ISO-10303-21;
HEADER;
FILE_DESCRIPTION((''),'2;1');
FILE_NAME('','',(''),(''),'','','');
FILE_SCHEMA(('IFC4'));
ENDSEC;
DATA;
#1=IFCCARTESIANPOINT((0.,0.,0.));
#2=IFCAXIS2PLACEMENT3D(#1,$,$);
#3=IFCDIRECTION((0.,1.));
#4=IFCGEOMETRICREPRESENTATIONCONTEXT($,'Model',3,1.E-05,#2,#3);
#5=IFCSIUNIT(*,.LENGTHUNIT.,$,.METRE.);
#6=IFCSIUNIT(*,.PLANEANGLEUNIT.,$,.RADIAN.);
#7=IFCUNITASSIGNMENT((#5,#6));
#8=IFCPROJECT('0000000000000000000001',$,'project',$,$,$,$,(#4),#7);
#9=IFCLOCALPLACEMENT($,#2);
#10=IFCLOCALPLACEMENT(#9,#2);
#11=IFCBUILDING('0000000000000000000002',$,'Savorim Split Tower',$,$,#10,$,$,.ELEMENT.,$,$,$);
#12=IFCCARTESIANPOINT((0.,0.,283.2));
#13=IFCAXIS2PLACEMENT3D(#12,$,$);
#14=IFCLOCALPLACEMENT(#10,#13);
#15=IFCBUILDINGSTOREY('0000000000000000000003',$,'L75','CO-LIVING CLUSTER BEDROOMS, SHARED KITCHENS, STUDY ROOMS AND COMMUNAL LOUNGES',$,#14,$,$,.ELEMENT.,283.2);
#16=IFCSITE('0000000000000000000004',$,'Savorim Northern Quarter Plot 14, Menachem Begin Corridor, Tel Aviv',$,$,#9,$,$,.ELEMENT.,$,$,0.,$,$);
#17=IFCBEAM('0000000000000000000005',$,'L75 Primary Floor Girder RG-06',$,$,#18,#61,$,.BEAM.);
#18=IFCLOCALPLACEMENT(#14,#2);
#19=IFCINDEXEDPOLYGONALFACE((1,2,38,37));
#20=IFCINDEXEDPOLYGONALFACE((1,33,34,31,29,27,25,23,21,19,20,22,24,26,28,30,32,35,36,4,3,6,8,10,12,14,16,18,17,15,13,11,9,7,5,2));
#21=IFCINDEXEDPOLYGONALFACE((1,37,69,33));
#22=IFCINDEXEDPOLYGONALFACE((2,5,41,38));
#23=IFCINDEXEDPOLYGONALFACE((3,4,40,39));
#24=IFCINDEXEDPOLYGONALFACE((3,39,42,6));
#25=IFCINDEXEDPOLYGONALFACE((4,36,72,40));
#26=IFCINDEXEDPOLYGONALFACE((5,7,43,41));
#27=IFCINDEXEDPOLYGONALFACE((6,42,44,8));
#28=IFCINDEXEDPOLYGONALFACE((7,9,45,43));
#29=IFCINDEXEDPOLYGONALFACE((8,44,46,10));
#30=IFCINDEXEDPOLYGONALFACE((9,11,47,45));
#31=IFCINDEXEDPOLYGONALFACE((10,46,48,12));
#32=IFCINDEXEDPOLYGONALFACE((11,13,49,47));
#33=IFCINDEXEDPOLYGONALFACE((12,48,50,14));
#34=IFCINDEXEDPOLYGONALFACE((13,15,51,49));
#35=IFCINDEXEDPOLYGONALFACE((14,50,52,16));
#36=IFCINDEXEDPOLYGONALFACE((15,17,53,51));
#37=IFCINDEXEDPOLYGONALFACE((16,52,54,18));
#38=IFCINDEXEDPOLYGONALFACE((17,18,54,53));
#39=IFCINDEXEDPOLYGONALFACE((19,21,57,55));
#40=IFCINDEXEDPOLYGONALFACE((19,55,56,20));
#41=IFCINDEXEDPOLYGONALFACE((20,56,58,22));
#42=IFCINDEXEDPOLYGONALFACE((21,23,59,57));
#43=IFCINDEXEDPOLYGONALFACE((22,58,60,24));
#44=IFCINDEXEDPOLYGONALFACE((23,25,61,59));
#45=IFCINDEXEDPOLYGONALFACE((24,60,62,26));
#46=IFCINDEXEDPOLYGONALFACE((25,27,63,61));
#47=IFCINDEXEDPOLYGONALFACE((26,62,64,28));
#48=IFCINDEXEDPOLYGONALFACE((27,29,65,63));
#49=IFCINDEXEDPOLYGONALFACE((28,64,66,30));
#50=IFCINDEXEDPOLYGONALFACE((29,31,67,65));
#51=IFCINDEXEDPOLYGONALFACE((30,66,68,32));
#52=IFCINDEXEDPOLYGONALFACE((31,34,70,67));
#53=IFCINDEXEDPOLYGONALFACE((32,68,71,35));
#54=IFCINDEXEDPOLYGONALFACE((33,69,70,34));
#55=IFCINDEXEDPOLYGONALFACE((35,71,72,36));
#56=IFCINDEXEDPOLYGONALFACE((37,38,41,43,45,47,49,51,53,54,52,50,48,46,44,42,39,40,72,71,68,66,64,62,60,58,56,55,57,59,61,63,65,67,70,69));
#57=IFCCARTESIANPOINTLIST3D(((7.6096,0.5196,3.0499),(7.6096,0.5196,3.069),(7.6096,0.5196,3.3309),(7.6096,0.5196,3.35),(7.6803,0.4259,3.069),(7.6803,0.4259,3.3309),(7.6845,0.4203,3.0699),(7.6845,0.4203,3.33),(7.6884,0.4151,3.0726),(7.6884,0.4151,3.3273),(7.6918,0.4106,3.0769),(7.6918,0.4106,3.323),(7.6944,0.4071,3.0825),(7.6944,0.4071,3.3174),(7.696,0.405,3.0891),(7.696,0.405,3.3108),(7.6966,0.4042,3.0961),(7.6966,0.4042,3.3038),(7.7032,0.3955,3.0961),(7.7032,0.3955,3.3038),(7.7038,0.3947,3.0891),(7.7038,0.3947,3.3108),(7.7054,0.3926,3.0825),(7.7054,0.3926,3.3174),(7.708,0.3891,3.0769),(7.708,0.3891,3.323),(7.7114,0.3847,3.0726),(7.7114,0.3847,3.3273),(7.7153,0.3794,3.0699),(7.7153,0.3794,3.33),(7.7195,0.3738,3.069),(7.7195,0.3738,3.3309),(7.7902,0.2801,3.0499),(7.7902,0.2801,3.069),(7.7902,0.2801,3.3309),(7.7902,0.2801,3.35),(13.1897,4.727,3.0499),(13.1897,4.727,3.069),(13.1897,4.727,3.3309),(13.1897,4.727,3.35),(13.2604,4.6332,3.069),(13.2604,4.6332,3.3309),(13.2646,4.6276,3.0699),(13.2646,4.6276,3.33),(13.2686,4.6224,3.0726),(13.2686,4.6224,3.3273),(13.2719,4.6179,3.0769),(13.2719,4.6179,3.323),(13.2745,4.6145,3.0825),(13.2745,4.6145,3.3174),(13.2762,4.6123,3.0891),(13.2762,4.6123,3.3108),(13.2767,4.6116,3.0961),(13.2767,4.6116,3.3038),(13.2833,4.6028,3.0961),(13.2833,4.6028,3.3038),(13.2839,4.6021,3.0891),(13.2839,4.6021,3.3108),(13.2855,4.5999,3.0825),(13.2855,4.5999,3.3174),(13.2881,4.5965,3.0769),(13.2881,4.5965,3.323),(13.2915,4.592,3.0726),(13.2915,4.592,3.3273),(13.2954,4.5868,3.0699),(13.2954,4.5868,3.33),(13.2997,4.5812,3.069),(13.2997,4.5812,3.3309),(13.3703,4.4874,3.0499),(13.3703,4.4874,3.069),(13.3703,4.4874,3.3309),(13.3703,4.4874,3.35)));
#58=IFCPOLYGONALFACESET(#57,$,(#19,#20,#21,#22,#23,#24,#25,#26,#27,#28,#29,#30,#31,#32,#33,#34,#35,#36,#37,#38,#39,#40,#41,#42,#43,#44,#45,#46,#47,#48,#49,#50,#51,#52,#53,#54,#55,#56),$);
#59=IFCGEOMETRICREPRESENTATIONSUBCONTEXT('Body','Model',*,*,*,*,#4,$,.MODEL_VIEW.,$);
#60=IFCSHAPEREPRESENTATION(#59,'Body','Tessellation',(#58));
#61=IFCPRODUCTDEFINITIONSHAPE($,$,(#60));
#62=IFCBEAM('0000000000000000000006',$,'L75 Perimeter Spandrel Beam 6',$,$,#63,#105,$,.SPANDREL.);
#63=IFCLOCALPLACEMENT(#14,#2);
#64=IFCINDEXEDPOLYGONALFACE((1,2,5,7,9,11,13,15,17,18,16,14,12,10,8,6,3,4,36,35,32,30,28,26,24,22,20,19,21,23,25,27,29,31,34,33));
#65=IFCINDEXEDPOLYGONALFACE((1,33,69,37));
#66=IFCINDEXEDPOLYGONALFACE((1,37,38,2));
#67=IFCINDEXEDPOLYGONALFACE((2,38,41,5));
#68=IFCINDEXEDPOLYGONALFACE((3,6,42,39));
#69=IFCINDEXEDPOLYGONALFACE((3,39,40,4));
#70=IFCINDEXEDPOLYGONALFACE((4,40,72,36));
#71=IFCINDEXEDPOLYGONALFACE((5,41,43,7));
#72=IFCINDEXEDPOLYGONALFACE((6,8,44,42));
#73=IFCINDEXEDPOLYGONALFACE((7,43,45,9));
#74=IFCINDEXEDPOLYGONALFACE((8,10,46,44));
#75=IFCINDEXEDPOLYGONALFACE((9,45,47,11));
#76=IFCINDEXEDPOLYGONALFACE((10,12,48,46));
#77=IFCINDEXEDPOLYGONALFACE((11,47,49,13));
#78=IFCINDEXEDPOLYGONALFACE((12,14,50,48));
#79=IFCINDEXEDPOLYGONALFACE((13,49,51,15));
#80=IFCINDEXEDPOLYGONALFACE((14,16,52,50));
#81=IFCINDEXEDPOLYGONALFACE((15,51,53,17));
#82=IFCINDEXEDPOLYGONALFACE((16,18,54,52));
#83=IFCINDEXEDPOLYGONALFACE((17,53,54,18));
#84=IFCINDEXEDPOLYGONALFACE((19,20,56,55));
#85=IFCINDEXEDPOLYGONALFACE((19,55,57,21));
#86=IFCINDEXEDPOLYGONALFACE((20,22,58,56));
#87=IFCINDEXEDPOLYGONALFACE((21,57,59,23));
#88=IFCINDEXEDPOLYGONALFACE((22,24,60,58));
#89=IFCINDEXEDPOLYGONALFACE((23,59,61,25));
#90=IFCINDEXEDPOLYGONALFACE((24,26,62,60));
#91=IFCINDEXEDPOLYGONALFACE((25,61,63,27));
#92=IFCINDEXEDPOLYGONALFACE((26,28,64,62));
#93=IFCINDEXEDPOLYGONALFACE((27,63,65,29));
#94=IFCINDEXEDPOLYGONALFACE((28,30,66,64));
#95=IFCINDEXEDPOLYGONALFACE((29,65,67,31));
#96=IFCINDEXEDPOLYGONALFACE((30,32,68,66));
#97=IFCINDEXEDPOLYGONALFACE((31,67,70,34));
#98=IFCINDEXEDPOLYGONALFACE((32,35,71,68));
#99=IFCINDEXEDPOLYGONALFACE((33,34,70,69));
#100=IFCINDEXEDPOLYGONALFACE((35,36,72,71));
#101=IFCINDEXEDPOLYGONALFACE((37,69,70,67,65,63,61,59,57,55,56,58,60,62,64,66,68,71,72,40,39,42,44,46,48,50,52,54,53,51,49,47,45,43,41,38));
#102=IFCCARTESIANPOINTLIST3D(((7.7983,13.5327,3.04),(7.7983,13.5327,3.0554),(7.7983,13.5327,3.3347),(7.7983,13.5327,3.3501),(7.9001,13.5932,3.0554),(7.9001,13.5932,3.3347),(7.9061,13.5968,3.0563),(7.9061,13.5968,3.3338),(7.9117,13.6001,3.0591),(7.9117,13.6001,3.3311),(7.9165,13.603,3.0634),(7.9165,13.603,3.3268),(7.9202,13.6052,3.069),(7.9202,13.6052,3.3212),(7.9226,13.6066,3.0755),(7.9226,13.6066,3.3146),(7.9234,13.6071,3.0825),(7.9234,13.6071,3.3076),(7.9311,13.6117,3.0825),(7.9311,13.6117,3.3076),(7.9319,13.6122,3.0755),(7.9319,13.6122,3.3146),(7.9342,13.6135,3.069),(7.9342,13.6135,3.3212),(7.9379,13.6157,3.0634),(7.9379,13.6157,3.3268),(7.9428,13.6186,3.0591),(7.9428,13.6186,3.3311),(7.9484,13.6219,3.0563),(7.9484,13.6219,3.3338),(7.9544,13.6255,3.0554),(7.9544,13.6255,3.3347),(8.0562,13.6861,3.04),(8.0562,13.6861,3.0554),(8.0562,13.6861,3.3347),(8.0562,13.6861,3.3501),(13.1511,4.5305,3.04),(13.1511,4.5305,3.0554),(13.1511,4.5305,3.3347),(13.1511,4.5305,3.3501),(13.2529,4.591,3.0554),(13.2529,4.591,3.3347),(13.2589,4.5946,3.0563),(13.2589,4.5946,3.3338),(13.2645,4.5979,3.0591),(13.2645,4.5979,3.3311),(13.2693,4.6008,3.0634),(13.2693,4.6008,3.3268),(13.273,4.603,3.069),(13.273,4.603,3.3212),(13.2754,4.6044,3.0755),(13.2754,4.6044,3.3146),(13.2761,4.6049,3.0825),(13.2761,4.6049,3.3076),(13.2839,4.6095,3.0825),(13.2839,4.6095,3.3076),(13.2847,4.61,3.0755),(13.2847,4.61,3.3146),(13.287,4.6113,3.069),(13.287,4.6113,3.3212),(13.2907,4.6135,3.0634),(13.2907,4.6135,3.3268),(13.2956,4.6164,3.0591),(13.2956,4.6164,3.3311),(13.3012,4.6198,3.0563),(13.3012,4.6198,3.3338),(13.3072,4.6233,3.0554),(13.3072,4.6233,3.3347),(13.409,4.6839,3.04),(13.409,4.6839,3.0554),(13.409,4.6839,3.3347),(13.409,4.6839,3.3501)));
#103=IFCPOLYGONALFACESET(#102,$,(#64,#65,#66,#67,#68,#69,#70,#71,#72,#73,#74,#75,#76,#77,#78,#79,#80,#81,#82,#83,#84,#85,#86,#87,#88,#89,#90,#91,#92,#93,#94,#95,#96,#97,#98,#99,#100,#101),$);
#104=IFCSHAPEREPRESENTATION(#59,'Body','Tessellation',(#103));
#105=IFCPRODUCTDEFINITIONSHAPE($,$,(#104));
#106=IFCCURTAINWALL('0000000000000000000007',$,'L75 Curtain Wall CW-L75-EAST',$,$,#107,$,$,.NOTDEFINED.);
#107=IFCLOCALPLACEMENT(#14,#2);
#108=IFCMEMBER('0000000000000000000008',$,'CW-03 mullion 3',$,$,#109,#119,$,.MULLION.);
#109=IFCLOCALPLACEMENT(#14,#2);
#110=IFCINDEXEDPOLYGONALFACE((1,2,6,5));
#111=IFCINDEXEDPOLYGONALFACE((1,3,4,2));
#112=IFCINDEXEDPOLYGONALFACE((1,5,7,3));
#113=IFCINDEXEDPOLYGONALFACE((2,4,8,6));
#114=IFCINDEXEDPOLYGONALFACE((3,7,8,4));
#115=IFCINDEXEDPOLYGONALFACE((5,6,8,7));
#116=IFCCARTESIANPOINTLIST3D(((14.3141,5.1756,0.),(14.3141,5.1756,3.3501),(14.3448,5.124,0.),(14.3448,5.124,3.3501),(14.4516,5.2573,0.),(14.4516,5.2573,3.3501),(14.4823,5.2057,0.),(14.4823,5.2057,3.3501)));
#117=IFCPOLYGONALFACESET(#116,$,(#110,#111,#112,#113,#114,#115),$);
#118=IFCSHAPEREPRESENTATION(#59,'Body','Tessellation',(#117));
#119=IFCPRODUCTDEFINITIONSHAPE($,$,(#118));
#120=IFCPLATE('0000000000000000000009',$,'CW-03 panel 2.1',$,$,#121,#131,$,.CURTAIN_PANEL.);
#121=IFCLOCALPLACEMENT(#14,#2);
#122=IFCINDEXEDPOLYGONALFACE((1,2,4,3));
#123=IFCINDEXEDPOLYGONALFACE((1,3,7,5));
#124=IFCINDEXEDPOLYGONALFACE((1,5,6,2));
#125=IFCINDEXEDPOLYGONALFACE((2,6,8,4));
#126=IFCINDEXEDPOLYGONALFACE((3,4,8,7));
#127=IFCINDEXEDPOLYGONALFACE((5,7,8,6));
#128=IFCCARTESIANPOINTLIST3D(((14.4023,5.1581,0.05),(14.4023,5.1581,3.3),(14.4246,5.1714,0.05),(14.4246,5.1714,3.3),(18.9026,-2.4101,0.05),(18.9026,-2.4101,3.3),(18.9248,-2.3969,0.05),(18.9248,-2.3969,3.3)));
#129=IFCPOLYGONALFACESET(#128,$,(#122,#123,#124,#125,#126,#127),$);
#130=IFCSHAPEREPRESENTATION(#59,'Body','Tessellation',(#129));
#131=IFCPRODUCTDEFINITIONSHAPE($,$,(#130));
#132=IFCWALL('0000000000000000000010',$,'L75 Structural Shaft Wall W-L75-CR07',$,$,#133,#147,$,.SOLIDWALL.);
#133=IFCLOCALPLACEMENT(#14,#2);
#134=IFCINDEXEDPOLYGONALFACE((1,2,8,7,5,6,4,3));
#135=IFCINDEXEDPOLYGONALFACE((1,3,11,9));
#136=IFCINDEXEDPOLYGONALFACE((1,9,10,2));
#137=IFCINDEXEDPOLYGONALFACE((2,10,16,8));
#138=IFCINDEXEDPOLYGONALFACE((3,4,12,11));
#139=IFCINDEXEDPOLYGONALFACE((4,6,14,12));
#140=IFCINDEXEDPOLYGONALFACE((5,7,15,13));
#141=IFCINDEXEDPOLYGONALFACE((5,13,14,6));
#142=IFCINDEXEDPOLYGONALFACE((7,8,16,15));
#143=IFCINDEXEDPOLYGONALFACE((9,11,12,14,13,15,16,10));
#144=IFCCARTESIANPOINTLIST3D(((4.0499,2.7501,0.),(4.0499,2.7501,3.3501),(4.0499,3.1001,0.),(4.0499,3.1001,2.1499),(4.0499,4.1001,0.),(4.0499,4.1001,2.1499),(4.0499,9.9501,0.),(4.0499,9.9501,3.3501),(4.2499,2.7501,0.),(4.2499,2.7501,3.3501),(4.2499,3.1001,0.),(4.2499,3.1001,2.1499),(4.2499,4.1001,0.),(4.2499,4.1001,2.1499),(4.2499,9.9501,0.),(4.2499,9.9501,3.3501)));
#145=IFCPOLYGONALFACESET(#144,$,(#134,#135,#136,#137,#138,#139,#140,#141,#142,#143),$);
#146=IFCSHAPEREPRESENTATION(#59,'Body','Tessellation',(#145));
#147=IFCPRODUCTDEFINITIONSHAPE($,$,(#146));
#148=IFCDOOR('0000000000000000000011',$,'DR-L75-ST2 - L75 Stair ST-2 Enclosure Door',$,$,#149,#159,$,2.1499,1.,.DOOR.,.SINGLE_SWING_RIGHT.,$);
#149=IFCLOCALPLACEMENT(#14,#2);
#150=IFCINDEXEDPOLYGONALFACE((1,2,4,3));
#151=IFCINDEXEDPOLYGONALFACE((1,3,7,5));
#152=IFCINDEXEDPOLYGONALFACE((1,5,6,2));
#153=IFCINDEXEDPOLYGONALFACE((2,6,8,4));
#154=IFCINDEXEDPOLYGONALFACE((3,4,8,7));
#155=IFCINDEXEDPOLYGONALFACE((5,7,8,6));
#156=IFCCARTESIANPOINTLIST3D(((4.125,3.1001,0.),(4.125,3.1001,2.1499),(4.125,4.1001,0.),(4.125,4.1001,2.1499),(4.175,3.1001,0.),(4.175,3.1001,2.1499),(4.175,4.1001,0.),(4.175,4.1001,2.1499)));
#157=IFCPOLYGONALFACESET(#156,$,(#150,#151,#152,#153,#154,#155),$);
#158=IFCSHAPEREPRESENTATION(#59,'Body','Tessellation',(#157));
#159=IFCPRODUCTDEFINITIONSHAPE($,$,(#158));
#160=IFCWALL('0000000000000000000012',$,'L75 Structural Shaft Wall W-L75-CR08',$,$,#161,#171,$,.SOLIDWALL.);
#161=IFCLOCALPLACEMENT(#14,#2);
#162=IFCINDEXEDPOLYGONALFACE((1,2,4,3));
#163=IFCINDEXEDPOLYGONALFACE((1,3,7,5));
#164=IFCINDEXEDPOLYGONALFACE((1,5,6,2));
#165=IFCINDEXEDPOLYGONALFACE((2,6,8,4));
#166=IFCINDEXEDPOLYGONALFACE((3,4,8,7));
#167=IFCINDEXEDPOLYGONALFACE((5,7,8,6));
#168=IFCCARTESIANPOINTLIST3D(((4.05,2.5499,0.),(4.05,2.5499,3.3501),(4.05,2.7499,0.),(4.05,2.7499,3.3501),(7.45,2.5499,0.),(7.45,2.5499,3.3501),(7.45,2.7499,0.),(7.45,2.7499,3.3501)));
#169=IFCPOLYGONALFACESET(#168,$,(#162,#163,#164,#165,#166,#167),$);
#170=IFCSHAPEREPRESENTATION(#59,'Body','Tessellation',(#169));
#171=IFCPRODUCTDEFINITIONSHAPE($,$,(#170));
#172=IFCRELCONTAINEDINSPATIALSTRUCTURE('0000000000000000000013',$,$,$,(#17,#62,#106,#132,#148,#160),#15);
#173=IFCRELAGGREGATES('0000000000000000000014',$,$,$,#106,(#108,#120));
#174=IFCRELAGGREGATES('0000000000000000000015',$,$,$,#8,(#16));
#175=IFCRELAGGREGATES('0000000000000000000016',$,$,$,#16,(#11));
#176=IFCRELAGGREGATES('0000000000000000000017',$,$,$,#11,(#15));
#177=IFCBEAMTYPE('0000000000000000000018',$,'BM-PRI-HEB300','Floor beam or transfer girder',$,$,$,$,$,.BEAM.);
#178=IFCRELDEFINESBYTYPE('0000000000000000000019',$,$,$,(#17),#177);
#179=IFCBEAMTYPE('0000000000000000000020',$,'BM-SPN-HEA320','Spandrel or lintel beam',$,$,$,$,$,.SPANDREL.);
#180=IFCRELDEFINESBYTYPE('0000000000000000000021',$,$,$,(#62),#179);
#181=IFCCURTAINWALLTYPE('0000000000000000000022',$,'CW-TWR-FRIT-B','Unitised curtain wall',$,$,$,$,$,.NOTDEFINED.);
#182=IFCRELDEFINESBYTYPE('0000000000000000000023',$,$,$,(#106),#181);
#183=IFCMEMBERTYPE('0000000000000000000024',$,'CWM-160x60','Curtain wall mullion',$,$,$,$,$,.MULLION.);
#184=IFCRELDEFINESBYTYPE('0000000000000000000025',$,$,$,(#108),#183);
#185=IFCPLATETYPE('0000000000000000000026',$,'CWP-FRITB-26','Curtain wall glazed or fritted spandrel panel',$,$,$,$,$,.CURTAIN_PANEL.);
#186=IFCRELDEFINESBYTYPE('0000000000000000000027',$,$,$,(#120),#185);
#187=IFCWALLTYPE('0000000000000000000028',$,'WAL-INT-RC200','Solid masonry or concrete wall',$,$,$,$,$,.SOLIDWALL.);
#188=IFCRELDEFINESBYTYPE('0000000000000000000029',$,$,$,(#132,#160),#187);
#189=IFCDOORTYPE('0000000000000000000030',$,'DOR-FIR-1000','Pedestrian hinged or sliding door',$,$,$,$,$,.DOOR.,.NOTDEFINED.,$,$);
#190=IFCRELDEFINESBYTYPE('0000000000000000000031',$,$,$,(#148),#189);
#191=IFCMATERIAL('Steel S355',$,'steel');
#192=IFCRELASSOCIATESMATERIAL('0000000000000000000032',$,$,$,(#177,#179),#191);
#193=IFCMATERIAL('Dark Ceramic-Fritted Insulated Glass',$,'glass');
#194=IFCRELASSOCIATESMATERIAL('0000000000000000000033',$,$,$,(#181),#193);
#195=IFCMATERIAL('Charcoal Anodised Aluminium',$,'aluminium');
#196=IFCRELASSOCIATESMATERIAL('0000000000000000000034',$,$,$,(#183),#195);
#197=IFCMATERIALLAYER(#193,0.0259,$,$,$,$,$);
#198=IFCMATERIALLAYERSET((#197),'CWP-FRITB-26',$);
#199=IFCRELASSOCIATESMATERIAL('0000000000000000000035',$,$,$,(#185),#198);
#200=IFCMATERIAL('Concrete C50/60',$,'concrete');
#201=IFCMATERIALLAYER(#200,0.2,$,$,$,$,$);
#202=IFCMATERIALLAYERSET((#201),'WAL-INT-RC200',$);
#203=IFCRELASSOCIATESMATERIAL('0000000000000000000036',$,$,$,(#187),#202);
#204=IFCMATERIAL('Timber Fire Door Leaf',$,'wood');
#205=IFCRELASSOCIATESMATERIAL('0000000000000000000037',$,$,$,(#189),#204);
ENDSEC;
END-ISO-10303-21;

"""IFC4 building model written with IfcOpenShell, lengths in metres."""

from ifc_helpers import new_model, si_unit, direction, frame, frame_2d, origin, origin_2d, place, context, subcontext, project, spatial, rectangle, i_section, extrude, material, layer, layer_set, material_profile, profile_set, type_object, element, fill, aggregate, save


model = new_model("IFC4")

# Units and contexts
model_context = context("Model", 3, precision=1e-05, world=origin(), true_north=direction((0.0, 1.0)))
body_context = subcontext(model_context, "Body", "Model", "MODEL_VIEW")
ifc_project = project(units=[si_unit("LENGTHUNIT", "METRE"), si_unit("PLANEANGLEUNIT", "RADIAN")], contexts=[model_context])

# Site, building, storey
site_placement = place(None, origin())
site = spatial("IfcSite", under=ifc_project, at=site_placement, Name="Savorim Northern Quarter Plot 14, Menachem Begin Corridor, Tel Aviv", CompositionType="ELEMENT", RefElevation=0.0)
building_placement = place(site_placement, origin())
building = spatial("IfcBuilding", under=site, at=building_placement, Name="Savorim Split Tower", CompositionType="ELEMENT")
storey_placement = place(building_placement, frame((0.0, 0.0, 283.2)))
storey = spatial("IfcBuildingStorey", under=building, at=storey_placement, Name="L75", Description="CO-LIVING CLUSTER BEDROOMS, SHARED KITCHENS, STUDY ROOMS AND COMMUNAL LOUNGES", CompositionType="ELEMENT", Elevation=283.2)

# Shared definitions
ifc_material_1 = material(Name="Steel S355", Category="steel")

# Beams
ifc_material_profile_1 = material_profile(ifc_material_1, i_section(OverallWidth=0.3, OverallDepth=0.3, WebThickness=0.011, FlangeThickness=0.019, FilletRadius=0.0271, at=origin_2d()), Name="HEB 300")
ifc_profile_set_1 = profile_set([ifc_material_profile_1], Name="Steel S355")
beam_type_1 = type_object("IfcBeamType", Name="BM-PRI-HEB300", Description="Floor beam or transfer girder", PredefinedType="BEAM", material=ifc_profile_set_1)
beam_1_placement = place(storey_placement, frame((13.28, 4.6072, 3.2), z_axis=(-0.798471, -0.602033, 0.0), x_axis=(0.602033, -0.798471, 0.0)))
element("IfcBeam", 1, at=beam_1_placement, inside=storey, type_object=beam_type_1, Name="L75 Primary Floor Girder RG-06", PredefinedType="BEAM", context=body_context, shape_type="SweptSolid", body=[
    extrude(i_section(OverallWidth=0.3, OverallDepth=0.3, WebThickness=0.011, FlangeThickness=0.019, FilletRadius=0.0271, at=origin_2d()), origin(), (0.0, 0.0, 1.0), 6.9885),
])
ifc_material_profile_2 = material_profile(ifc_material_1, i_section(OverallWidth=0.3, OverallDepth=0.3101, WebThickness=0.009, FlangeThickness=0.0154, FilletRadius=0.0271, at=origin_2d()), Name="HEA 320")
ifc_profile_set_2 = profile_set([ifc_material_profile_2], Name="Steel S355")
beam_type_2 = type_object("IfcBeamType", Name="BM-SPN-HEA320", Description="Spandrel or lintel beam", PredefinedType="SPANDREL", material=ifc_profile_set_2)
beam_2_placement = place(storey_placement, frame((13.28, 4.6072, 3.1951), z_axis=(-0.511084, 0.859531, 0.0), x_axis=(-0.859531, -0.511084, 0.0)))
element("IfcBeam", 2, at=beam_2_placement, inside=storey, type_object=beam_type_2, Name="L75 Perimeter Spandrel Beam 6", PredefinedType="SPANDREL", context=body_context, shape_type="SweptSolid", body=[
    extrude(i_section(OverallWidth=0.3, OverallDepth=0.3101, WebThickness=0.009, FlangeThickness=0.0154, FilletRadius=0.0271, at=origin_2d()), origin(), (0.0, 0.0, 1.0), 10.4734),
])

# Curtain wall, member, plate
ifc_material_2 = material(Name="Dark Ceramic-Fritted Insulated Glass", Category="glass")
curtain_wall_type = type_object("IfcCurtainWallType", Name="CW-TWR-FRIT-B", Description="Unitised curtain wall", PredefinedType="NOTDEFINED", material=ifc_material_2)
curtain_wall_placement = place(storey_placement, origin())
curtain_wall = element("IfcCurtainWall", 3, at=curtain_wall_placement, inside=storey, type_object=curtain_wall_type, Name="L75 Curtain Wall CW-L75-EAST", PredefinedType="NOTDEFINED")
ifc_material_3 = material(Name="Charcoal Anodised Aluminium", Category="aluminium")
ifc_material_profile_3 = material_profile(ifc_material_3, rectangle(XDim=0.1599, YDim=0.0601, at=origin_2d()), Name="ALU-M 160x60")
ifc_profile_set_3 = profile_set([ifc_material_profile_3], Name="Charcoal Anodised Aluminium")
member_type = type_object("IfcMemberType", Name="CWM-160x60", Description="Curtain wall mullion", PredefinedType="MULLION", material=ifc_profile_set_3)
member_placement = place(storey_placement, frame((14.3982, 5.1907, 0.0), z_axis=(0.0, 0.0, 1.0), x_axis=(-0.859526, -0.511092, 0.0)))
member = element("IfcMember", 4, at=member_placement, type_object=member_type, Name="CW-03 mullion 3", PredefinedType="MULLION", context=body_context, shape_type="SweptSolid", body=[
    extrude(rectangle(XDim=0.1599, YDim=0.0601, at=origin_2d()), origin(), (0.0, 0.0, 1.0), 3.3501),
])
ifc_layer_1 = layer(ifc_material_2, 0.0259)
ifc_layer_set_1 = layer_set([ifc_layer_1], Name="CWP-FRITB-26")
plate_type = type_object("IfcPlateType", Name="CWP-FRITB-26", Description="Curtain wall glazed or fritted spandrel panel", PredefinedType="CURTAIN_PANEL", material=ifc_layer_set_1)
plate_placement = place(storey_placement, frame((16.6636, 1.3806, 0.05), z_axis=(0.0, 0.0, 1.0), x_axis=(-0.511092, 0.859526, 0.0)))
plate = element("IfcPlate", 5, at=plate_placement, type_object=plate_type, Name="CW-03 panel 2.1", PredefinedType="CURTAIN_PANEL", context=body_context, shape_type="SweptSolid", body=[
    extrude(rectangle(XDim=8.8052, YDim=0.0259, at=origin_2d()), origin(), (0.0, 0.0, 1.0), 3.25),
])
aggregate(curtain_wall, [member, plate])

# Wall, opening, door
ifc_material_4 = material(Name="Concrete C50/60", Category="concrete")
ifc_layer_2 = layer(ifc_material_4, 0.2)
ifc_layer_set_2 = layer_set([ifc_layer_2], Name="WAL-INT-RC200")
wall_type_1 = type_object("IfcWallType", Name="WAL-INT-RC200", Description="Solid masonry or concrete wall", PredefinedType="SOLIDWALL", material=ifc_layer_set_2)
wall_1_placement = place(storey_placement, frame((4.1499, 2.75, 0.0), z_axis=(0.0, 0.0, 1.0), x_axis=(0.0, 1.0, 0.0)))
wall_1 = element("IfcWall", 6, at=wall_1_placement, inside=storey, type_object=wall_type_1, Name="L75 Structural Shaft Wall W-L75-CR07", PredefinedType="SOLIDWALL", context=body_context, shape_type="SweptSolid", body=[
    extrude(rectangle(XDim=7.2, YDim=0.2, at=frame_2d((3.6001, 0.0))), origin(), (0.0, 0.0, 1.0), 3.3501),
])
opening_1_placement = place(wall_1_placement, frame((0.3501, 0.0, 0.0)))
opening_1 = element("IfcOpeningElement", 7, at=opening_1_placement, cuts=wall_1, PredefinedType="OPENING", context=body_context, shape_type="SweptSolid", body=[
    extrude(rectangle(XDim=1.0, YDim=2.1499, at=frame_2d((0.5, 1.075))), frame((0.0, 0.1099, 0.0), z_axis=(0.0, -1.0, 0.0), x_axis=(1.0, 0.0, 0.0)), (0.0, 0.0, 1.0), 0.22),
])
ifc_material_5 = material(Name="Timber Fire Door Leaf", Category="wood")
door_type_1 = type_object("IfcDoorType", Name="DOR-FIR-1000", Description="Pedestrian hinged or sliding door", OperationType="NOTDEFINED", PredefinedType="DOOR", material=ifc_material_5)
door_1_placement = place(opening_1_placement, origin())
door_1 = element("IfcDoor", 8, at=door_1_placement, inside=storey, type_object=door_type_1, Name="DR-L75-ST2 - L75 Stair ST-2 Enclosure Door", OperationType="SINGLE_SWING_RIGHT", OverallHeight=2.1499, OverallWidth=1.0, PredefinedType="DOOR", context=body_context, shape_type="SweptSolid", body=[
    extrude(rectangle(XDim=1.0, YDim=2.1499, at=frame_2d((0.5, 1.075))), frame((0.0, 0.0249, 0.0), z_axis=(0.0, -1.0, 0.0), x_axis=(1.0, 0.0, 0.0)), (0.0, 0.0, 1.0), 0.05),
])
fill(opening_1, door_1)

# Wall
wall_2_placement = place(storey_placement, frame((4.05, 2.6499, 0.0), z_axis=(0.0, 0.0, 1.0), x_axis=(1.0, 0.0, 0.0)))
element("IfcWall", 9, at=wall_2_placement, inside=storey, type_object=wall_type_1, Name="L75 Structural Shaft Wall W-L75-CR08", PredefinedType="SOLIDWALL", context=body_context, shape_type="SweptSolid", body=[
    extrude(rectangle(XDim=3.3999, YDim=0.2, at=frame_2d((1.7, 0.0))), origin(), (0.0, 0.0, 1.0), 3.3501),
])

save(model, "model.ifc")
